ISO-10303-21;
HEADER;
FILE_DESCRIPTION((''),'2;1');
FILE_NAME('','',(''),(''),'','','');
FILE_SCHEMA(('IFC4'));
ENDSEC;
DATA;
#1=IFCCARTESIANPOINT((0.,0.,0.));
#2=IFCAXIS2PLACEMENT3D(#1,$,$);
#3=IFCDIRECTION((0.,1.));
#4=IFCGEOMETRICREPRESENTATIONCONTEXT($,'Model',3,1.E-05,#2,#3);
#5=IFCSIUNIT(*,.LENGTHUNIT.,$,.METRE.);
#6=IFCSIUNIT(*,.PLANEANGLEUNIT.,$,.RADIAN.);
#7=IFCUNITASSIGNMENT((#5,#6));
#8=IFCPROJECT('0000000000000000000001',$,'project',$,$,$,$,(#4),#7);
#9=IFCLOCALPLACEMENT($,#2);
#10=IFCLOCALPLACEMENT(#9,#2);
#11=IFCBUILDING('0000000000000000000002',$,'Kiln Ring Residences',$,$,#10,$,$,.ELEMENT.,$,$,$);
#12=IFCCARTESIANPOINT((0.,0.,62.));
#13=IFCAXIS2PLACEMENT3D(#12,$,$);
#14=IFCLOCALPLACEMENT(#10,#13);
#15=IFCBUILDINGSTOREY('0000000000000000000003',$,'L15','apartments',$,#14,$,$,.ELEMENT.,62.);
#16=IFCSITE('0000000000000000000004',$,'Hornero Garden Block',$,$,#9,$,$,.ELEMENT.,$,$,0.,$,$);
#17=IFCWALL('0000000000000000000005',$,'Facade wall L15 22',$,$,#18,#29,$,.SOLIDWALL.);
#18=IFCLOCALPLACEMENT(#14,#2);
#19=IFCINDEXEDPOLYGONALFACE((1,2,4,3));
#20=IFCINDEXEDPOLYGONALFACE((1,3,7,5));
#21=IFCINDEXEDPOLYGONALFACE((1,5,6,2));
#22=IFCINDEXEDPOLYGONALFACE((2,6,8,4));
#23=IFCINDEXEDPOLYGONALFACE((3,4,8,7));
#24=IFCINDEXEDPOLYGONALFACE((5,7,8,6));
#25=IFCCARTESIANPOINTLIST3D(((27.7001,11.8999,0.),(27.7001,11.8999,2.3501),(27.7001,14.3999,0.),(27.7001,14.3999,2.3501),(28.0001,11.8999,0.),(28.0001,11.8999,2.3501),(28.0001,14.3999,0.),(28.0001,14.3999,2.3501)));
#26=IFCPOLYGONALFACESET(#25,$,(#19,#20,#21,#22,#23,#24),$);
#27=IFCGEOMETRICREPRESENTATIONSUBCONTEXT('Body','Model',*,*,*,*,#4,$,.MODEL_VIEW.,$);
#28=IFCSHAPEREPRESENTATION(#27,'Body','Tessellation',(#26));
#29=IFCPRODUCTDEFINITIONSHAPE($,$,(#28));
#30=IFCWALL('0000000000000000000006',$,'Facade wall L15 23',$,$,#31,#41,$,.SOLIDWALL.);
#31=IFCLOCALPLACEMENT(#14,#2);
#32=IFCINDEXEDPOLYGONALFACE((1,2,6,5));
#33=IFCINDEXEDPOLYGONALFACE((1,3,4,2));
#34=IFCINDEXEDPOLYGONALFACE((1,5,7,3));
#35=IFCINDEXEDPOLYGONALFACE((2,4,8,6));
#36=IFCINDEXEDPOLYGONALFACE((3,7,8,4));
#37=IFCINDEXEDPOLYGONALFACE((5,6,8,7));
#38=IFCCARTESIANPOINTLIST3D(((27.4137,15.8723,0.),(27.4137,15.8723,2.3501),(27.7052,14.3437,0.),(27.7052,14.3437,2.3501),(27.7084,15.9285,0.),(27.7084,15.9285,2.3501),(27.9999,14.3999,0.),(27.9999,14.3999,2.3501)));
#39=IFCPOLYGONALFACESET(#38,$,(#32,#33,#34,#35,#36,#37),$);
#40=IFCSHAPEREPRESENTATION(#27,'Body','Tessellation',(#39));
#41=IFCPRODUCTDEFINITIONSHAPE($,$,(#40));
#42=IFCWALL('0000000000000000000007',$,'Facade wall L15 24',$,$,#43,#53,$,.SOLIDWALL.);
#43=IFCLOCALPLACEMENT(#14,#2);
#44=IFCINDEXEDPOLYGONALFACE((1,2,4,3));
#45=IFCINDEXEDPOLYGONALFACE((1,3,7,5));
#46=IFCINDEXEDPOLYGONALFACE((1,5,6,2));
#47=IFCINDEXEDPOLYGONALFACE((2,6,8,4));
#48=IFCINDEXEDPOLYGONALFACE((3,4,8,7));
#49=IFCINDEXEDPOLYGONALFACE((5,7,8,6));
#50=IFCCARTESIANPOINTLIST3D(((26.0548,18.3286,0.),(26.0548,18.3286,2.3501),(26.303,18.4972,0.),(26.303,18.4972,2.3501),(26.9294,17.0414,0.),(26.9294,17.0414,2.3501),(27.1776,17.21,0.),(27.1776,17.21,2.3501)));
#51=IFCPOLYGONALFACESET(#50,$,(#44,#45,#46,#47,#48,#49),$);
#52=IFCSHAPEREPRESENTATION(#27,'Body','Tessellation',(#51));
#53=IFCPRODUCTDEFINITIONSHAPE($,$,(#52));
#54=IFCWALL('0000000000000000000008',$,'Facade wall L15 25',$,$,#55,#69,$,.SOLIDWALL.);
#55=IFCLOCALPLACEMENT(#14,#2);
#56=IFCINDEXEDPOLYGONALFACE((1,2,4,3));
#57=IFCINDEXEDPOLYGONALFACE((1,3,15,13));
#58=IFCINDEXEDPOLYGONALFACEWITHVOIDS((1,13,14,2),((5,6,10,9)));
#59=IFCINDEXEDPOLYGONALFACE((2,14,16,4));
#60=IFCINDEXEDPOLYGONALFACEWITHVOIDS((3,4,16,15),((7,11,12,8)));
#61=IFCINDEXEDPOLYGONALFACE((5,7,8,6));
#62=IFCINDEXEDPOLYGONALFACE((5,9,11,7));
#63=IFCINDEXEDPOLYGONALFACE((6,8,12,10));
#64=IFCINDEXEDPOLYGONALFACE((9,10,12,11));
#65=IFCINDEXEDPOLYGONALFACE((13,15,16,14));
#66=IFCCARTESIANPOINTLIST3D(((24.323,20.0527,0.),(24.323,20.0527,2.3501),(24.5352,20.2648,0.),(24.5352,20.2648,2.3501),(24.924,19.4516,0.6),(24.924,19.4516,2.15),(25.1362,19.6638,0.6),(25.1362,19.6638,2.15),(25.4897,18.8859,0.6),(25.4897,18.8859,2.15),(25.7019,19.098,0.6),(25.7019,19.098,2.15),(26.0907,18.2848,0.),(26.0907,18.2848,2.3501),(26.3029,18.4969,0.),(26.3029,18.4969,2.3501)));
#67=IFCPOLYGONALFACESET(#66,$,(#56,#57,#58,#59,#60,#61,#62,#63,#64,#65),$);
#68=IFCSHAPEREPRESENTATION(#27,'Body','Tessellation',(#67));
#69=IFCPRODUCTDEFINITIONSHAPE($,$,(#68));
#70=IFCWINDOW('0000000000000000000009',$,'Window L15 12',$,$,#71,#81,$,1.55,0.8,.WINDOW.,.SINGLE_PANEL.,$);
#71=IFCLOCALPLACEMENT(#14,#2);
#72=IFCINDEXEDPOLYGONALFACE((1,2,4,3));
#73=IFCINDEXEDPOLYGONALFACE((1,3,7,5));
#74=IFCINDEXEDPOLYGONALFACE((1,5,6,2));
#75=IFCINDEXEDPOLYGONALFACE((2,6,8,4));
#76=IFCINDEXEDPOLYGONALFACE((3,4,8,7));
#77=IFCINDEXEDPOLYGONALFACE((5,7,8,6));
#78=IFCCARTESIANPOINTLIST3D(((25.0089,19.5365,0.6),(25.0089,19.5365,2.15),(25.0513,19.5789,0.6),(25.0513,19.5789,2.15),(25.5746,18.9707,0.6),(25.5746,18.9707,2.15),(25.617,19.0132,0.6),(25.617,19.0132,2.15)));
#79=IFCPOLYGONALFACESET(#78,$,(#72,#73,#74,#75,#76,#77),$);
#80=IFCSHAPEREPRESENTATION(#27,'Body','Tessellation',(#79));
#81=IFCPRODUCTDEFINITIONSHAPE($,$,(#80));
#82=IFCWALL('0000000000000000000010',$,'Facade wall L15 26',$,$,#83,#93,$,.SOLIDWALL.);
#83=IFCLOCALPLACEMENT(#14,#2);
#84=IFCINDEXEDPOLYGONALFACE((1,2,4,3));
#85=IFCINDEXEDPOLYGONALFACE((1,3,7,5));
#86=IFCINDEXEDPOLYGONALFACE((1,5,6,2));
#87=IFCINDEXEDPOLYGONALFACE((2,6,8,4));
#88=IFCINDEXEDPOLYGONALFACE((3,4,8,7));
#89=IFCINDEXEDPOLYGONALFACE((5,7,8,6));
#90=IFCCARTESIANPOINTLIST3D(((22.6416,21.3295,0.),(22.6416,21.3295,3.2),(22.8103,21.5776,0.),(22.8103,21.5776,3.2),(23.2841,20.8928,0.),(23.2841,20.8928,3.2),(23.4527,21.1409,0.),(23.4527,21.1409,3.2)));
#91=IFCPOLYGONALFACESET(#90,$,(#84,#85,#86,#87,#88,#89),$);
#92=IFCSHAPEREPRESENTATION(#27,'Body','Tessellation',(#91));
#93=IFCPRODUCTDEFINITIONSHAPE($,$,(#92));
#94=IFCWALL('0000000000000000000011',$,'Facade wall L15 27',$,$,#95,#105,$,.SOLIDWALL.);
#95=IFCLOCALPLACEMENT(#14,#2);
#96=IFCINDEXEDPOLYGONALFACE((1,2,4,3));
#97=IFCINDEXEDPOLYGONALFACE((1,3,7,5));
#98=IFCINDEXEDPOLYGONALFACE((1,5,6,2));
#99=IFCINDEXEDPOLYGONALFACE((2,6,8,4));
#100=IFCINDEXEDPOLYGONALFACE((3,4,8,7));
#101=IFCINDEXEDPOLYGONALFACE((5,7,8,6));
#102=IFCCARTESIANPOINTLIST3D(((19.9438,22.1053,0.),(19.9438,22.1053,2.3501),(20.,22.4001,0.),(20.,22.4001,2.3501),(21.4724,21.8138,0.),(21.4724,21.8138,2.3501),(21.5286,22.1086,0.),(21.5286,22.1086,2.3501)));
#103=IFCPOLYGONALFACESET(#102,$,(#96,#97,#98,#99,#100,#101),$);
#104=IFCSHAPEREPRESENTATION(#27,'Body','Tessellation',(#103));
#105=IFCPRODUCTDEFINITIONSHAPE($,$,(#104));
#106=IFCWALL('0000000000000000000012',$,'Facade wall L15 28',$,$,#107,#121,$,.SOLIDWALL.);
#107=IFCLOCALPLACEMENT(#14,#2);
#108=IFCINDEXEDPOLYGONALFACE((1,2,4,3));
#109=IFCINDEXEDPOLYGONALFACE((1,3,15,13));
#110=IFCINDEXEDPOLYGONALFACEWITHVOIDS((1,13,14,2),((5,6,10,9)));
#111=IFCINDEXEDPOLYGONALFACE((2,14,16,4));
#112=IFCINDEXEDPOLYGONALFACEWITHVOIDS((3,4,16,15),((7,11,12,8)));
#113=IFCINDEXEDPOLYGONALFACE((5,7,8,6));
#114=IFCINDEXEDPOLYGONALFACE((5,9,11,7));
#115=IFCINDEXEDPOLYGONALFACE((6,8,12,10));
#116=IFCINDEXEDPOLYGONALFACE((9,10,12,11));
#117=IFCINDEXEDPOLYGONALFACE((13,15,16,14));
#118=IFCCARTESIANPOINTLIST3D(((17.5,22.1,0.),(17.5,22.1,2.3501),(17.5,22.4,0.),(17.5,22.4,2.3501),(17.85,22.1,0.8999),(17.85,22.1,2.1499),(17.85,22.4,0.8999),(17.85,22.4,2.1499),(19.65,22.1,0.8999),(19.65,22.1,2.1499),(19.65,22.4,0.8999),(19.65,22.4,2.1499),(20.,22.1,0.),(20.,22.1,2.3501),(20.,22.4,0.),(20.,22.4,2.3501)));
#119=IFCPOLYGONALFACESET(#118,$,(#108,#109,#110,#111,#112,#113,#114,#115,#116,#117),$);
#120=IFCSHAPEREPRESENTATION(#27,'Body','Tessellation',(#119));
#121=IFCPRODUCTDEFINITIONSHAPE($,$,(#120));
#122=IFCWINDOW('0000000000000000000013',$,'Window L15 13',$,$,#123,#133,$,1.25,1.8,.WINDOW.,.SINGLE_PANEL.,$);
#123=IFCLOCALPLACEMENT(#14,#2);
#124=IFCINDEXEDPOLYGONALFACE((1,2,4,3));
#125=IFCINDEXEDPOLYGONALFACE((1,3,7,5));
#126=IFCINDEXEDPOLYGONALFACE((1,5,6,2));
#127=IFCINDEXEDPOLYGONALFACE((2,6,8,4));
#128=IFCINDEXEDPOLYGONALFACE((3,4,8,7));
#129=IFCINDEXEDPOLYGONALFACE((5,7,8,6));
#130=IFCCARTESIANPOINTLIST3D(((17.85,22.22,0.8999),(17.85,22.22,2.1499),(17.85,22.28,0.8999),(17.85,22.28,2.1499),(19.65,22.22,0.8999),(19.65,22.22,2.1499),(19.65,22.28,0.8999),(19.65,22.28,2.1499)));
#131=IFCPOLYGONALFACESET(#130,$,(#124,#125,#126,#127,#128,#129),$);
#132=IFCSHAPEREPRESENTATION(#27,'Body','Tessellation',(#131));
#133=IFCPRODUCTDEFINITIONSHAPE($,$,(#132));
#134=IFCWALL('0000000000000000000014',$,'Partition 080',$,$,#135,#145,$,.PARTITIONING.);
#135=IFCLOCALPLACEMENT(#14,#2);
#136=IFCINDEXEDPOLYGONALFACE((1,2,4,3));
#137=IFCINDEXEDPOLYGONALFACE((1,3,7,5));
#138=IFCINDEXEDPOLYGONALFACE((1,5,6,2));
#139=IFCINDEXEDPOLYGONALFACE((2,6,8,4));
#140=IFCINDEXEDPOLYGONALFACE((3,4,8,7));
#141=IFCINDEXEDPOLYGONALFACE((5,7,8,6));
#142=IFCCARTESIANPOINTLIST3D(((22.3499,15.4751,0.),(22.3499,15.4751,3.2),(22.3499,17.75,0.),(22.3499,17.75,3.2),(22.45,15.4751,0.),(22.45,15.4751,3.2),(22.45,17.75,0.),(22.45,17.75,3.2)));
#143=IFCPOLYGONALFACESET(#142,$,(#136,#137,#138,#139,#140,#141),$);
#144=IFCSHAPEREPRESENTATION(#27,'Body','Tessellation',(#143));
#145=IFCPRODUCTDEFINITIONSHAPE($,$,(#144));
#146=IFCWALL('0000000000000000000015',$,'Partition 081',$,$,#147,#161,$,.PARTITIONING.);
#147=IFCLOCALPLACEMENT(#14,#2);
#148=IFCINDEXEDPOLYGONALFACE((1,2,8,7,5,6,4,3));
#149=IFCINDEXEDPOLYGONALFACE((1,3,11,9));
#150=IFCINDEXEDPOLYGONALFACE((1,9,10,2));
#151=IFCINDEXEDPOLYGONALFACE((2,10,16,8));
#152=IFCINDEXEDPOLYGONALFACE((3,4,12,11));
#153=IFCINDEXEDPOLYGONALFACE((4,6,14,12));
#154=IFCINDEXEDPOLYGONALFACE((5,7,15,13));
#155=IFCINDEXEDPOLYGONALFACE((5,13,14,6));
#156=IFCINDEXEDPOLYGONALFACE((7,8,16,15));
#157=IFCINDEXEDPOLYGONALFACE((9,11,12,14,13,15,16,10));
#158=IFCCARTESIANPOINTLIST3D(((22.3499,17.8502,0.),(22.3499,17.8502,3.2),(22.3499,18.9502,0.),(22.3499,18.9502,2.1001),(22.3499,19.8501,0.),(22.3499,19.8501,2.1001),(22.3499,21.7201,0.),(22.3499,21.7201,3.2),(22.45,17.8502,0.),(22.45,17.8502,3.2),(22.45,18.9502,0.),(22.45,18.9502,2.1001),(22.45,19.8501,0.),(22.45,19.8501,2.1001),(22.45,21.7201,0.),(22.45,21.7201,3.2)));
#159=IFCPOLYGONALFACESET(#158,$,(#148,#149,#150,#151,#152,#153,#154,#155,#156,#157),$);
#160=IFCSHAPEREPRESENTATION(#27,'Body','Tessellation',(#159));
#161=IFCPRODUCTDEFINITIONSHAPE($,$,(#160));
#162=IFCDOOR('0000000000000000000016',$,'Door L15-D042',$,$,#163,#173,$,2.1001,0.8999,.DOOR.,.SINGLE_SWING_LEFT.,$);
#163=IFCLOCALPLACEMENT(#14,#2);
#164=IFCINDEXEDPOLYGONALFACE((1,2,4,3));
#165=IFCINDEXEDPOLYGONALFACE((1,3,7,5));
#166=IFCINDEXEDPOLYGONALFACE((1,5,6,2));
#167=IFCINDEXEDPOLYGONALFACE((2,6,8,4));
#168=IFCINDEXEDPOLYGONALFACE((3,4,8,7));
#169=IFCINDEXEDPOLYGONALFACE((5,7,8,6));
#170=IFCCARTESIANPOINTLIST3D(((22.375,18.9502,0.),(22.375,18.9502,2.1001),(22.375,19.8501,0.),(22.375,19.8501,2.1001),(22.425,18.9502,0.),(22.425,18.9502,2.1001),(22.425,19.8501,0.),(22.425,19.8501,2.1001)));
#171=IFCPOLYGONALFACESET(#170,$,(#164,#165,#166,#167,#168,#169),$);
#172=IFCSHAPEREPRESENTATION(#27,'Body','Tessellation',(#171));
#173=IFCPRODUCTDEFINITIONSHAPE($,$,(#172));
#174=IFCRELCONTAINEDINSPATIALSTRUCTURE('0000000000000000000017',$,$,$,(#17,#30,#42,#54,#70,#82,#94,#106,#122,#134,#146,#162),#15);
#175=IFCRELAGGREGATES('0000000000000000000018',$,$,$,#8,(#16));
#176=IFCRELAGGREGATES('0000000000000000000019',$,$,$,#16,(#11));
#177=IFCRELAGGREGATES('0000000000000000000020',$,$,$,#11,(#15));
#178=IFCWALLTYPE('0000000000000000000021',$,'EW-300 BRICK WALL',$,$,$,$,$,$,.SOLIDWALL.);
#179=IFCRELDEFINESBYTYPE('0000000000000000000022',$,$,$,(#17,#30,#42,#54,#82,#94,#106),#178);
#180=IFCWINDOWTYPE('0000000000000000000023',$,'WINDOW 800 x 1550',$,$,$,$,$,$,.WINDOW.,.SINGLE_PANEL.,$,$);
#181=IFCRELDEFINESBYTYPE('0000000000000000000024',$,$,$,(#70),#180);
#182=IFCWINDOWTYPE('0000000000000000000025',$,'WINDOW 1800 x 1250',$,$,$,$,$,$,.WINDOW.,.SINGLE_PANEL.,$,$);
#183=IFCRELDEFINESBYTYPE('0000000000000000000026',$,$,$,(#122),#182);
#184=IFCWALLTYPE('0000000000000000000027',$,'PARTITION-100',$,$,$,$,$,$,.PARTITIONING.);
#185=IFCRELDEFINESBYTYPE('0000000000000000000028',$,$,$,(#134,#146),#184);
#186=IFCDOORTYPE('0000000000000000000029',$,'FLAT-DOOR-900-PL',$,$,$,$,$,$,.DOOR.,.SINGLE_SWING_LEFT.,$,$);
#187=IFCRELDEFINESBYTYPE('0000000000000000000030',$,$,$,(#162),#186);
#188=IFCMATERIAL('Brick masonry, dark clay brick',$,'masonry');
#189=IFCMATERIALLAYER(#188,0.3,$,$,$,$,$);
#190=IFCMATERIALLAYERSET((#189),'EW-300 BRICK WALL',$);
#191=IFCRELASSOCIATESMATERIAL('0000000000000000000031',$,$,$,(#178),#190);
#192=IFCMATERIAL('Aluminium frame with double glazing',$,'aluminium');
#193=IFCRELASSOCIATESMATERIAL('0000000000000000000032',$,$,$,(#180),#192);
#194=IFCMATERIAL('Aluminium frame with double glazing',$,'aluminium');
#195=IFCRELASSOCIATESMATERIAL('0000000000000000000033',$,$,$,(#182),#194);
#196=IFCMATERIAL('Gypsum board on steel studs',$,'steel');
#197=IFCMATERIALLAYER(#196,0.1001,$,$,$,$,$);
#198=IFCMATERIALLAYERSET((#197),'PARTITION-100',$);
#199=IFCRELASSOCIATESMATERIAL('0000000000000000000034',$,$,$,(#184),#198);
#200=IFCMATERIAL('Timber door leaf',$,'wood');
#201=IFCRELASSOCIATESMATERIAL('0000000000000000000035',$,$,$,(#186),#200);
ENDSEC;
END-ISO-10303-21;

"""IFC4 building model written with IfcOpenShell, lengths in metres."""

from ifc_helpers import new_model, si_unit, direction, frame, frame_2d, origin, place, context, subcontext, project, spatial, rectangle, extrude, material, layer, layer_set, type_object, element, fill, save


model = new_model("IFC4")

# Units and contexts
model_context = context("Model", 3, precision=1e-05, world=origin(), true_north=direction((0.0, 1.0)))
body_context = subcontext(model_context, "Body", "Model", "MODEL_VIEW")
ifc_project = project(units=[si_unit("LENGTHUNIT", "METRE"), si_unit("PLANEANGLEUNIT", "RADIAN")], contexts=[model_context])

# Site, building, storey
site_placement = place(None, origin())
site = spatial("IfcSite", under=ifc_project, at=site_placement, Name="Hornero Garden Block", CompositionType="ELEMENT", RefElevation=0.0)
building_placement = place(site_placement, origin())
building = spatial("IfcBuilding", under=site, at=building_placement, Name="Kiln Ring Residences", CompositionType="ELEMENT")
storey_placement = place(building_placement, frame((0.0, 0.0, 62.0)))
storey = spatial("IfcBuildingStorey", under=building, at=storey_placement, Name="L15", Description="apartments", CompositionType="ELEMENT", Elevation=62.0)

# Walls
ifc_material_1 = material(Name="Brick masonry, dark clay brick", Category="masonry")
ifc_layer_1 = layer(ifc_material_1, 0.3)
ifc_layer_set_1 = layer_set([ifc_layer_1], Name="EW-300 BRICK WALL")
wall_type_1 = type_object("IfcWallType", Name="EW-300 BRICK WALL", PredefinedType="SOLIDWALL", material=ifc_layer_set_1)
wall_1_placement = place(storey_placement, frame((27.8501, 11.8999, 0.0), z_axis=(0.0, 0.0, 1.0), x_axis=(0.0, 1.0, 0.0)))
element("IfcWall", 1, at=wall_1_placement, inside=storey, type_object=wall_type_1, Name="Facade wall L15 22", PredefinedType="SOLIDWALL", context=body_context, shape_type="SweptSolid", body=[
    extrude(rectangle(XDim=2.5, YDim=0.3, at=frame_2d((1.25, 0.0))), origin(), (0.0, 0.0, 1.0), 2.3501),
])
for number, where, z_axis, x_axis, name in (
    (2, (27.8525, 14.3718, 0.0), (0.0, 0.0, 1.0), (-0.187328, 0.982297, 0.0), "Facade wall L15 23"),
    (3, (27.0535, 17.1257, 0.0), (0.0, 0.0, 1.0), (-0.561992, 0.827142, 0.0), "Facade wall L15 24"),
):
    element("IfcWall", number, at=place(storey_placement, frame(where, z_axis=z_axis, x_axis=x_axis)), inside=storey, type_object=wall_type_1, Name=name, PredefinedType="SOLIDWALL", context=body_context, shape_type="SweptSolid", body=[
        extrude(rectangle(XDim=1.5562, YDim=0.3, at=frame_2d((0.7781, 0.0))), origin(), (0.0, 0.0, 1.0), 2.3501),
    ])

# Wall, opening, window
wall_2_placement = place(storey_placement, frame((26.1968, 18.3909, 0.0), z_axis=(0.0, 0.0, 1.0), x_axis=(-0.707058, 0.707156, 0.0)))
wall_2 = element("IfcWall", 4, at=wall_2_placement, inside=storey, type_object=wall_type_1, Name="Facade wall L15 25", PredefinedType="SOLIDWALL", context=body_context, shape_type="SweptSolid", body=[
    extrude(rectangle(XDim=2.5, YDim=0.3, at=frame_2d((1.25, 0.0))), origin(), (0.0, 0.0, 1.0), 2.3501),
])
opening_1_placement = place(wall_2_placement, frame((0.8501, 0.0, 0.6001)))
opening_1 = element("IfcOpeningElement", 5, at=opening_1_placement, cuts=wall_2, PredefinedType="OPENING", context=body_context, shape_type="SweptSolid", body=[
    extrude(rectangle(XDim=0.8, YDim=1.55, at=frame_2d((0.3999, 0.7749))), frame((0.0, 0.1599, 0.0), z_axis=(0.0, -1.0, 0.0), x_axis=(1.0, 0.0, 0.0)), (0.0, 0.0, 1.0), 0.3201),
])
ifc_material_2 = material(Name="Aluminium frame with double glazing", Category="aluminium")
window_type_1 = type_object("IfcWindowType", Name="WINDOW 800 x 1550", PartitioningType="SINGLE_PANEL", PredefinedType="WINDOW", material=ifc_material_2)
window_1_placement = place(opening_1_placement, origin())
window_1 = element("IfcWindow", 6, at=window_1_placement, inside=storey, type_object=window_type_1, Name="Window L15 12", OverallHeight=1.55, OverallWidth=0.8, PartitioningType="SINGLE_PANEL", PredefinedType="WINDOW", context=body_context, shape_type="SweptSolid", body=[
    extrude(rectangle(XDim=0.8, YDim=1.55, at=frame_2d((0.3999, 0.7749))), frame((0.0, 0.03, 0.0), z_axis=(0.0, -1.0, 0.0), x_axis=(1.0, 0.0, 0.0)), (0.0, 0.0, 1.0), 0.0601),
])
fill(opening_1, window_1)

# Walls
wall_3_placement = place(storey_placement, frame((23.3684, 21.0168, 0.0), z_axis=(0.0, 0.0, 1.0), x_axis=(-0.827038, 0.562147, 0.0)))
element("IfcWall", 7, at=wall_3_placement, inside=storey, type_object=wall_type_1, Name="Facade wall L15 26", PredefinedType="SOLIDWALL", context=body_context, shape_type="SweptSolid", body=[
    extrude(rectangle(XDim=0.7769, YDim=0.3, at=frame_2d((0.3884, 0.0))), origin(), (0.0, 0.0, 1.0), 3.2),
])
wall_4_placement = place(storey_placement, frame((21.5005, 21.9612, 0.0), z_axis=(0.0, 0.0, 1.0), x_axis=(-0.982297, 0.187328, 0.0)))
element("IfcWall", 8, at=wall_4_placement, inside=storey, type_object=wall_type_1, Name="Facade wall L15 27", PredefinedType="SOLIDWALL", context=body_context, shape_type="SweptSolid", body=[
    extrude(rectangle(XDim=1.5562, YDim=0.3, at=frame_2d((0.7781, 0.0))), origin(), (0.0, 0.0, 1.0), 2.3501),
])

# Wall, opening, window
wall_5_placement = place(storey_placement, frame((20.0, 22.25, 0.0), z_axis=(0.0, 0.0, 1.0), x_axis=(-1.0, 0.0, 0.0)))
wall_5 = element("IfcWall", 9, at=wall_5_placement, inside=storey, type_object=wall_type_1, Name="Facade wall L15 28", PredefinedType="SOLIDWALL", context=body_context, shape_type="SweptSolid", body=[
    extrude(rectangle(XDim=2.5, YDim=0.3, at=frame_2d((1.25, 0.0))), origin(), (0.0, 0.0, 1.0), 2.3501),
])
opening_2_placement = place(wall_5_placement, frame((0.3501, 0.0, 0.8999)))
opening_2 = element("IfcOpeningElement", 10, at=opening_2_placement, cuts=wall_5, PredefinedType="OPENING", context=body_context, shape_type="SweptSolid", body=[
    extrude(rectangle(XDim=1.8, YDim=1.25, at=frame_2d((0.8999, 0.625))), frame((0.0, 0.1599, 0.0), z_axis=(0.0, -1.0, 0.0), x_axis=(1.0, 0.0, 0.0)), (0.0, 0.0, 1.0), 0.3201),
])
ifc_material_3 = material(Name="Aluminium frame with double glazing", Category="aluminium")
window_type_2 = type_object("IfcWindowType", Name="WINDOW 1800 x 1250", PartitioningType="SINGLE_PANEL", PredefinedType="WINDOW", material=ifc_material_3)
window_2_placement = place(opening_2_placement, origin())
window_2 = element("IfcWindow", 11, at=window_2_placement, inside=storey, type_object=window_type_2, Name="Window L15 13", OverallHeight=1.25, OverallWidth=1.8, PartitioningType="SINGLE_PANEL", PredefinedType="WINDOW", context=body_context, shape_type="SweptSolid", body=[
    extrude(rectangle(XDim=1.8, YDim=1.25, at=frame_2d((0.8999, 0.625))), frame((0.0, 0.03, 0.0), z_axis=(0.0, -1.0, 0.0), x_axis=(1.0, 0.0, 0.0)), (0.0, 0.0, 1.0), 0.0601),
])
fill(opening_2, window_2)

# Wall
ifc_material_4 = material(Name="Gypsum board on steel studs", Category="steel")
ifc_layer_2 = layer(ifc_material_4, 0.1001)
ifc_layer_set_2 = layer_set([ifc_layer_2], Name="PARTITION-100")
wall_type_2 = type_object("IfcWallType", Name="PARTITION-100", PredefinedType="PARTITIONING", material=ifc_layer_set_2)
wall_6_placement = place(storey_placement, frame((22.3999, 15.4751, 0.0), z_axis=(0.0, 0.0, 1.0), x_axis=(0.0, 1.0, 0.0)))
element("IfcWall", 12, at=wall_6_placement, inside=storey, type_object=wall_type_2, Name="Partition 080", PredefinedType="PARTITIONING", context=body_context, shape_type="SweptSolid", body=[
    extrude(rectangle(XDim=2.2749, YDim=0.1001, at=frame_2d((1.1375, 0.0))), origin(), (0.0, 0.0, 1.0), 3.2),
])

# Wall, opening, door
wall_7_placement = place(storey_placement, frame((22.3999, 17.8501, 0.0), z_axis=(0.0, 0.0, 1.0), x_axis=(0.0, 1.0, 0.0)))
wall_7 = element("IfcWall", 13, at=wall_7_placement, inside=storey, type_object=wall_type_2, Name="Partition 081", PredefinedType="PARTITIONING", context=body_context, shape_type="SweptSolid", body=[
    extrude(rectangle(XDim=3.8699, YDim=0.1001, at=frame_2d((1.9351, 0.0))), origin(), (0.0, 0.0, 1.0), 3.2),
])
opening_3_placement = place(wall_7_placement, frame((1.1001, 0.0, 0.0)))
opening_3 = element("IfcOpeningElement", 14, at=opening_3_placement, cuts=wall_7, PredefinedType="OPENING", context=body_context, shape_type="SweptSolid", body=[
    extrude(rectangle(XDim=0.8999, YDim=2.1001, at=frame_2d((0.45, 1.05))), frame((0.0, 0.0601, 0.0), z_axis=(0.0, -1.0, 0.0), x_axis=(1.0, 0.0, 0.0)), (0.0, 0.0, 1.0), 0.1201),
])
ifc_material_5 = material(Name="Timber door leaf", Category="wood")
door_type_1 = type_object("IfcDoorType", Name="FLAT-DOOR-900-PL", OperationType="SINGLE_SWING_LEFT", PredefinedType="DOOR", material=ifc_material_5)
door_1_placement = place(opening_3_placement, origin())
door_1 = element("IfcDoor", 15, at=door_1_placement, inside=storey, type_object=door_type_1, Name="Door L15-D042", OperationType="SINGLE_SWING_LEFT", OverallHeight=2.1001, OverallWidth=0.8999, PredefinedType="DOOR", context=body_context, shape_type="SweptSolid", body=[
    extrude(rectangle(XDim=0.8999, YDim=2.1001, at=frame_2d((0.45, 1.05))), frame((0.0, 0.0249, 0.0), z_axis=(0.0, -1.0, 0.0), x_axis=(1.0, 0.0, 0.0)), (0.0, 0.0, 1.0), 0.05),
])
fill(opening_3, door_1)

save(model, "model.ifc")
